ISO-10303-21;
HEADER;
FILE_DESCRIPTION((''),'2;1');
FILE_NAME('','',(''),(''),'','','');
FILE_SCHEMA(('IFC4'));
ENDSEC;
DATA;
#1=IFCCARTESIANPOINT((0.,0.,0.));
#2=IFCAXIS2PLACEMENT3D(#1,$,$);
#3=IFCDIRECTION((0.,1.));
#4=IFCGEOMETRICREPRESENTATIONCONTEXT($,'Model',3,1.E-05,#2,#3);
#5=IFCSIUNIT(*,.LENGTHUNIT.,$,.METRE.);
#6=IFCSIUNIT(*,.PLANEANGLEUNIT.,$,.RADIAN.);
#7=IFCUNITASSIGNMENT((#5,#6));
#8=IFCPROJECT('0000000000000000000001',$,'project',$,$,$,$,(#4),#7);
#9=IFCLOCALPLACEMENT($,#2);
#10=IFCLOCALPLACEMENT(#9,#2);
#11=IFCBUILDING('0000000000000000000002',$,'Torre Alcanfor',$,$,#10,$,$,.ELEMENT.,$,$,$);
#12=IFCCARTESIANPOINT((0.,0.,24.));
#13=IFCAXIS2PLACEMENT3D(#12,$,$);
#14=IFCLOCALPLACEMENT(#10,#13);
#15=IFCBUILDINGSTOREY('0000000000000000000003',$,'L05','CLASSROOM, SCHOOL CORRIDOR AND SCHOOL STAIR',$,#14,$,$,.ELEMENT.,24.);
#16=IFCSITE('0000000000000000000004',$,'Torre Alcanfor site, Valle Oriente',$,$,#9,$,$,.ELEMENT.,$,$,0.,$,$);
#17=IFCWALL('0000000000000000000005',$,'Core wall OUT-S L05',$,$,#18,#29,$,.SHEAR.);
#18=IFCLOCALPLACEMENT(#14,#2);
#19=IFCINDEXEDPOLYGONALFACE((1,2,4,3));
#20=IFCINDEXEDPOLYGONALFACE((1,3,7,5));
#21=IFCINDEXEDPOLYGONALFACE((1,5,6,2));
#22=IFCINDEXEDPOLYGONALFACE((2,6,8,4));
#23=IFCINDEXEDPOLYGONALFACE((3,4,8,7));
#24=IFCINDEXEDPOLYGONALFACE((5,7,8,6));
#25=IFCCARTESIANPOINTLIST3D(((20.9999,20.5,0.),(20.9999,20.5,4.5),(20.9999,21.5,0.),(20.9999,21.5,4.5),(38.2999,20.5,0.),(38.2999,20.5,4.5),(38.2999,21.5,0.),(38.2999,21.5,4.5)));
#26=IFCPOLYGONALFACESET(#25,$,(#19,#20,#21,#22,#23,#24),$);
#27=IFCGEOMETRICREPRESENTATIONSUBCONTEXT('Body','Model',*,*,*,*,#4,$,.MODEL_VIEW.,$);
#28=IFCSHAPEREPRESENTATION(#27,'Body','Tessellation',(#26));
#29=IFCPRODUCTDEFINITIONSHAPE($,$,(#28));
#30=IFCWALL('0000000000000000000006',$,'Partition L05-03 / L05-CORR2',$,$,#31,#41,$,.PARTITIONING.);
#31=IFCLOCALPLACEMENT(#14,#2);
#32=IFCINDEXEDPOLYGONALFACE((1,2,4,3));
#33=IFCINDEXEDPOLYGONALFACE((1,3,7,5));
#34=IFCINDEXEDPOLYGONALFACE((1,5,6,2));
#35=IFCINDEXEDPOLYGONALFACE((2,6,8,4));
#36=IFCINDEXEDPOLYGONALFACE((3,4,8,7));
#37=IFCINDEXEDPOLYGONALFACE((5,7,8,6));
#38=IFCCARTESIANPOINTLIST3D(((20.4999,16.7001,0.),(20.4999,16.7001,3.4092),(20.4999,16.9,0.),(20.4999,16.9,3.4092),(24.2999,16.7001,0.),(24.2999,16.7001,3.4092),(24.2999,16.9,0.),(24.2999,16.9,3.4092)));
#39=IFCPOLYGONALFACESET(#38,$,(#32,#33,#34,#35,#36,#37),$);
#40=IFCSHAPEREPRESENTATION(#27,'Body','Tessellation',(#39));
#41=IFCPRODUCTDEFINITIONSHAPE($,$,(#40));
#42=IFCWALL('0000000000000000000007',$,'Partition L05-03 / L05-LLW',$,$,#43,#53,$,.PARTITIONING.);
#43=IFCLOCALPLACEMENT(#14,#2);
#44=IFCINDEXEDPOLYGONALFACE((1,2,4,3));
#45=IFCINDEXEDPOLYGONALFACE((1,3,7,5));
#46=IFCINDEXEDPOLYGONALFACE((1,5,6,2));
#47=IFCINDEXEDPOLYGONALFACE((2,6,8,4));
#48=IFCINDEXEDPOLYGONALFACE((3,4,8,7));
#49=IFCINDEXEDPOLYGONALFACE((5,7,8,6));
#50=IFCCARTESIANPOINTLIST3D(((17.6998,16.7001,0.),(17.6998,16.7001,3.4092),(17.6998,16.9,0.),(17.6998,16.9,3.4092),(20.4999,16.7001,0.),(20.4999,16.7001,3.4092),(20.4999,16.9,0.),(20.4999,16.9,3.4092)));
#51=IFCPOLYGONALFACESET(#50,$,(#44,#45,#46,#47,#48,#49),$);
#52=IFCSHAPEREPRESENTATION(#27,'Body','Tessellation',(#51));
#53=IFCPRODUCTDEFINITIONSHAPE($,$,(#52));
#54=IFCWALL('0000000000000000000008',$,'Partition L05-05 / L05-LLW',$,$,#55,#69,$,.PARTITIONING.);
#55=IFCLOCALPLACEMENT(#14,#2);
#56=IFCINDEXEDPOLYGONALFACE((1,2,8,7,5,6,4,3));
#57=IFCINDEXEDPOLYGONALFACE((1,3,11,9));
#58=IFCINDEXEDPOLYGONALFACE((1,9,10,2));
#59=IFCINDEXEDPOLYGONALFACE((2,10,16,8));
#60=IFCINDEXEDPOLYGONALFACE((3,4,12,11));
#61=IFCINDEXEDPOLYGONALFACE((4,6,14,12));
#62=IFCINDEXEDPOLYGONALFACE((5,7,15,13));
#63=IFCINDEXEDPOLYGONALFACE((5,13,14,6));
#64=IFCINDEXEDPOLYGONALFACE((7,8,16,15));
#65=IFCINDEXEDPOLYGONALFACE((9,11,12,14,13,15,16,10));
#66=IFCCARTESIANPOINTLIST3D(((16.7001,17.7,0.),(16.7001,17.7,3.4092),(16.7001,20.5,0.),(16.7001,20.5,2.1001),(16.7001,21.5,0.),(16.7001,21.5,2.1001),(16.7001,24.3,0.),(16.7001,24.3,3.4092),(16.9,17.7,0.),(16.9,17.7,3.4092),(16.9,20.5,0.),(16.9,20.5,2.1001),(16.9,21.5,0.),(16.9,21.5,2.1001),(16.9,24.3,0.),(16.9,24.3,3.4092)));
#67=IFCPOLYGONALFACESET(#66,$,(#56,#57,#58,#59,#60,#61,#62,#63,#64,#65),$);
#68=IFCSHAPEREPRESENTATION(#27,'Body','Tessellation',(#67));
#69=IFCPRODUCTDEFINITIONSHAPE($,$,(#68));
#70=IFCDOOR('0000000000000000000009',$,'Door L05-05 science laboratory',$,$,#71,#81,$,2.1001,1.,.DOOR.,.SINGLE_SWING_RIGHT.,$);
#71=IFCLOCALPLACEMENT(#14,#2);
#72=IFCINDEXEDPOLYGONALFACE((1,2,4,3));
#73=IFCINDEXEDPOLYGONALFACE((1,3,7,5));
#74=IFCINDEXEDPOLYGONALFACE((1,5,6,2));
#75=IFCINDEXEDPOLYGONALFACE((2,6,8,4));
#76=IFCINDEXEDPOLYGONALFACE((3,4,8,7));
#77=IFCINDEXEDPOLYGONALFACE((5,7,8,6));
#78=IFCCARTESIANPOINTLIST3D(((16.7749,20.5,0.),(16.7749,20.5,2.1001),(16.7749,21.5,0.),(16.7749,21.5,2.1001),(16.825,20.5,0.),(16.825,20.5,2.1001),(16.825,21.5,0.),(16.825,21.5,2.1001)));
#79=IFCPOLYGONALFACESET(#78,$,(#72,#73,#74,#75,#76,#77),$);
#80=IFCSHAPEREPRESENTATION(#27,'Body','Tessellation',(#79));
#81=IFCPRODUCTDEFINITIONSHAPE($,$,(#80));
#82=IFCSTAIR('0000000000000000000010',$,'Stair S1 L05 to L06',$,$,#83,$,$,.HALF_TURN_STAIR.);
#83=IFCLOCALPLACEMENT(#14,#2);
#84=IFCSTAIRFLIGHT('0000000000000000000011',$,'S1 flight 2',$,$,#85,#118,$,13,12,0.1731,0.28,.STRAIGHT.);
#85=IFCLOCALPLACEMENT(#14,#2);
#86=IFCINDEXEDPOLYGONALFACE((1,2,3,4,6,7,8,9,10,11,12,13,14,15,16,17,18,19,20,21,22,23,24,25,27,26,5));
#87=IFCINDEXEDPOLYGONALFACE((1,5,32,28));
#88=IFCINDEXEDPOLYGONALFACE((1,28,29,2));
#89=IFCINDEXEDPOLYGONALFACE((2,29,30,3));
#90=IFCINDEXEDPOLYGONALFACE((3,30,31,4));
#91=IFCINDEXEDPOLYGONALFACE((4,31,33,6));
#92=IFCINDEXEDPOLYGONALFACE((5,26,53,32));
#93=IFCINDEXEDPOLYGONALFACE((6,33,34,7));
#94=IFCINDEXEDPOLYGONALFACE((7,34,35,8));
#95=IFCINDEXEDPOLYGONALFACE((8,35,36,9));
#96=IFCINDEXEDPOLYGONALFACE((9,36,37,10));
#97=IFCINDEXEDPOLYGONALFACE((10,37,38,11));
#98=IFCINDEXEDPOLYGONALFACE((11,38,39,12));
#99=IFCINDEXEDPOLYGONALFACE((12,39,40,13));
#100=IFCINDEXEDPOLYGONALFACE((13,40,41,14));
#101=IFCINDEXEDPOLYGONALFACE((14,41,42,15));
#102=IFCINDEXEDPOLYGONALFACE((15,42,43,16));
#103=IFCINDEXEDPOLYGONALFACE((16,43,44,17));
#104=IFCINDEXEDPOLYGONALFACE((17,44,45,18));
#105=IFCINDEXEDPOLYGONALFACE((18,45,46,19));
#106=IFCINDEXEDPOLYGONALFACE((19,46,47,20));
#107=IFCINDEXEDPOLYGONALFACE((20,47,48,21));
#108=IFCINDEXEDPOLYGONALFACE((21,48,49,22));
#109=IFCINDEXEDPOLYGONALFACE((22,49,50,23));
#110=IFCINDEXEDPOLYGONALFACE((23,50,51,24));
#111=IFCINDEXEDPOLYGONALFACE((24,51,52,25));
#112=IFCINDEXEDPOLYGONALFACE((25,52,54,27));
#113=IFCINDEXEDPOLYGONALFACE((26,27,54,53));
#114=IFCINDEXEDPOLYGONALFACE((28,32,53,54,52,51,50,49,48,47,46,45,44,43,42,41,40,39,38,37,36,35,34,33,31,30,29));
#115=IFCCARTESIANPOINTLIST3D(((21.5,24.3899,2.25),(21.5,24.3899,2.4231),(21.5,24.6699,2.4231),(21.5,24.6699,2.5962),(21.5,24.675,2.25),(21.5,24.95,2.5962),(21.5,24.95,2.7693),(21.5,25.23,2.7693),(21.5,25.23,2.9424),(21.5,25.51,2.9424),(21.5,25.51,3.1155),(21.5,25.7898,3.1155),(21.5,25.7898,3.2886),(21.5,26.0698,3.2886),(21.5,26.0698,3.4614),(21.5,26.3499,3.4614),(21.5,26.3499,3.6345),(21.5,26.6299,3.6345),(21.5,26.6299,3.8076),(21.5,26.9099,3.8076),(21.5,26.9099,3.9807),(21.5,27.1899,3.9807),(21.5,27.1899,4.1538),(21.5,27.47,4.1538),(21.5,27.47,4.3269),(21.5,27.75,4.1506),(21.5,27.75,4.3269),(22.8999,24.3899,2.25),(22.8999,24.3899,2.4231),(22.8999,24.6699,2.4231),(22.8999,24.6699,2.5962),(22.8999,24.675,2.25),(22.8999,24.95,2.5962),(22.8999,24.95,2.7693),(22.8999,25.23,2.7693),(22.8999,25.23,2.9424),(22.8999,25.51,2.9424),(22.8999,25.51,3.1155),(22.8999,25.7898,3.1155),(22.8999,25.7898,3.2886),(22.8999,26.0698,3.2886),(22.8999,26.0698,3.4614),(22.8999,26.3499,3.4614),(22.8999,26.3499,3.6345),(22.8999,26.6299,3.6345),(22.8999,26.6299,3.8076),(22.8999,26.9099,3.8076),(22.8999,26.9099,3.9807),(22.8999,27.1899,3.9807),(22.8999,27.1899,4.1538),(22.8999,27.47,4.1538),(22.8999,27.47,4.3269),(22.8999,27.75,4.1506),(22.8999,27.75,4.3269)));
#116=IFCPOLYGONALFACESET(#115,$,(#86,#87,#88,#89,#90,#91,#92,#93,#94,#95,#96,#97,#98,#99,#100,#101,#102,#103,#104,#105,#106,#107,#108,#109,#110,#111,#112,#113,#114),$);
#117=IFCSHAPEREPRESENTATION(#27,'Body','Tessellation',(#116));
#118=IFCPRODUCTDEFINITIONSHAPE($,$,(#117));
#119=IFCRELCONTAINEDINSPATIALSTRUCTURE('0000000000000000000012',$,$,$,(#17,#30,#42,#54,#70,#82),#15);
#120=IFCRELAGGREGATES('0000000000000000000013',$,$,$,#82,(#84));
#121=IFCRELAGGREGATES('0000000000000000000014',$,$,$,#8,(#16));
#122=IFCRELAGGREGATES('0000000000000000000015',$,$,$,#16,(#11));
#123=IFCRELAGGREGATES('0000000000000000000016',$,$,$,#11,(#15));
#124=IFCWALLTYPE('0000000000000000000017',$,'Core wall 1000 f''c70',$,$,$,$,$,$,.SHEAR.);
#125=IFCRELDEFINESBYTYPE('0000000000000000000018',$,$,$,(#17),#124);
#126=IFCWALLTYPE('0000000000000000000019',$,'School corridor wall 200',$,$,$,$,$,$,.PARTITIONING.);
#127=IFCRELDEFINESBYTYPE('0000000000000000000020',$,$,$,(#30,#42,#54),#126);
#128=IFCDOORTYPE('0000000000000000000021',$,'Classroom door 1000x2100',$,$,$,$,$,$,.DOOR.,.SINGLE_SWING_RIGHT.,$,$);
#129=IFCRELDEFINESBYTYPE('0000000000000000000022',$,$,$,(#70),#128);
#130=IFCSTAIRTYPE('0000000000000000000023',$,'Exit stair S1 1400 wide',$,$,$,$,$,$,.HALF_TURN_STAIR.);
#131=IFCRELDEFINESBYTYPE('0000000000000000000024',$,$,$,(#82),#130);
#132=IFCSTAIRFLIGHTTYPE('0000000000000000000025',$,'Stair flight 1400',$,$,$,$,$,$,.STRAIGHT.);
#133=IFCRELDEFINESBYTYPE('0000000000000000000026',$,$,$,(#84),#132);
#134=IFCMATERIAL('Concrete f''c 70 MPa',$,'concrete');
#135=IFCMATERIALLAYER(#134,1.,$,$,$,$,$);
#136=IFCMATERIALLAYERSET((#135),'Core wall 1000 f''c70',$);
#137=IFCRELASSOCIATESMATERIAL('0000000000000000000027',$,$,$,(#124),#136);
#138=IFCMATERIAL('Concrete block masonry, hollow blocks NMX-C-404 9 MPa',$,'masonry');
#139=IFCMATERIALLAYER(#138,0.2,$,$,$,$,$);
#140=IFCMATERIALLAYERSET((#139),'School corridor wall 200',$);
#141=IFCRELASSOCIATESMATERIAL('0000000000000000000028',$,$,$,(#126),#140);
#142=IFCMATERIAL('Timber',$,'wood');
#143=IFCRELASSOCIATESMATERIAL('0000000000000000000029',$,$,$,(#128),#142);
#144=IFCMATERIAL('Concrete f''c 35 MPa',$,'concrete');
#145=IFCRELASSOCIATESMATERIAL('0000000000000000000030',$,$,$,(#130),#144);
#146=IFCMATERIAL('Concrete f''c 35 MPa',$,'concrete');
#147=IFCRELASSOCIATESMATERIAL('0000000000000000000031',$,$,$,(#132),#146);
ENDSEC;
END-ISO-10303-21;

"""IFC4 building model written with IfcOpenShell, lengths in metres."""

from ifc_helpers import new_model, si_unit, direction, frame, frame_2d, origin, place, context, subcontext, project, spatial, polyline, rectangle, outline, extrude, material, layer, layer_set, type_object, element, fill, aggregate, save


model = new_model("IFC4")

# Units and contexts
model_context = context("Model", 3, precision=1e-05, world=origin(), true_north=direction((0.0, 1.0)))
body_context = subcontext(model_context, "Body", "Model", "MODEL_VIEW")
ifc_project = project(units=[si_unit("LENGTHUNIT", "METRE"), si_unit("PLANEANGLEUNIT", "RADIAN")], contexts=[model_context])

# Site, building, storey
site_placement = place(None, origin())
site = spatial("IfcSite", under=ifc_project, at=site_placement, Name="Torre Alcanfor site, Valle Oriente", CompositionType="ELEMENT", RefElevation=0.0)
building_placement = place(site_placement, origin())
building = spatial("IfcBuilding", under=site, at=building_placement, Name="Torre Alcanfor", CompositionType="ELEMENT")
storey_placement = place(building_placement, frame((0.0, 0.0, 24.0)))
storey = spatial("IfcBuildingStorey", under=building, at=storey_placement, Name="L05", Description="CLASSROOM, SCHOOL CORRIDOR AND SCHOOL STAIR", CompositionType="ELEMENT", Elevation=24.0)

# Walls
ifc_material_1 = material(Name="Concrete f'c 70 MPa", Category="concrete")
ifc_layer_1 = layer(ifc_material_1, 1.0)
ifc_layer_set_1 = layer_set([ifc_layer_1], Name="Core wall 1000 f'c70")
wall_type_1 = type_object("IfcWallType", Name="Core wall 1000 f'c70", PredefinedType="SHEAR", material=ifc_layer_set_1)
wall_1_placement = place(storey_placement, frame((21.0, 21.0, 0.0), z_axis=(0.0, 0.0, 1.0), x_axis=(1.0, 0.0, 0.0)))
element("IfcWall", 1, at=wall_1_placement, inside=storey, type_object=wall_type_1, Name="Core wall OUT-S L05", PredefinedType="SHEAR", context=body_context, shape_type="SweptSolid", body=[
    extrude(rectangle(XDim=17.3, YDim=1.0, at=frame_2d((8.6499, 0.0))), origin(), (0.0, 0.0, 1.0), 4.5),
])
ifc_material_2 = material(Name="Concrete block masonry, hollow blocks NMX-C-404 9 MPa", Category="masonry")
ifc_layer_2 = layer(ifc_material_2, 0.2)
ifc_layer_set_2 = layer_set([ifc_layer_2], Name="School corridor wall 200")
wall_type_2 = type_object("IfcWallType", Name="School corridor wall 200", PredefinedType="PARTITIONING", material=ifc_layer_set_2)
wall_2_placement = place(storey_placement, frame((20.5, 16.8, 0.0), z_axis=(0.0, 0.0, 1.0), x_axis=(1.0, 0.0, 0.0)))
element("IfcWall", 2, at=wall_2_placement, inside=storey, type_object=wall_type_2, Name="Partition L05-03 / L05-CORR2", PredefinedType="PARTITIONING", context=body_context, shape_type="SweptSolid", body=[
    extrude(rectangle(XDim=3.8, YDim=0.2, at=frame_2d((1.8999, 0.0))), origin(), (0.0, 0.0, 1.0), 3.4092),
])
wall_3_placement = place(storey_placement, frame((17.7, 16.8, 0.0), z_axis=(0.0, 0.0, 1.0), x_axis=(1.0, 0.0, 0.0)))
element("IfcWall", 3, at=wall_3_placement, inside=storey, type_object=wall_type_2, Name="Partition L05-03 / L05-LLW", PredefinedType="PARTITIONING", context=body_context, shape_type="SweptSolid", body=[
    extrude(rectangle(XDim=2.8, YDim=0.2, at=frame_2d((1.3999, 0.0))), origin(), (0.0, 0.0, 1.0), 3.4092),
])

# Wall, opening, door
wall_4_placement = place(storey_placement, frame((16.8, 24.3, 0.0), z_axis=(0.0, 0.0, 1.0), x_axis=(0.0, -1.0, 0.0)))
wall_4 = element("IfcWall", 4, at=wall_4_placement, inside=storey, type_object=wall_type_2, Name="Partition L05-05 / L05-LLW", PredefinedType="PARTITIONING", context=body_context, shape_type="SweptSolid", body=[
    extrude(rectangle(XDim=6.6001, YDim=0.2, at=frame_2d((3.3, 0.0))), origin(), (0.0, 0.0, 1.0), 3.4092),
])
opening_placement = place(wall_4_placement, frame((2.8, 0.0, 0.0)))
opening = element("IfcOpeningElement", 5, at=opening_placement, cuts=wall_4, PredefinedType="OPENING", context=body_context, shape_type="SweptSolid", body=[
    extrude(rectangle(XDim=1.0, YDim=2.1001, at=frame_2d((0.5, 1.05))), frame((0.0, 0.1099, 0.0), z_axis=(0.0, -1.0, 0.0), x_axis=(1.0, 0.0, 0.0)), (0.0, 0.0, 1.0), 0.22),
])
ifc_material_3 = material(Name="Timber", Category="wood")
door_type = type_object("IfcDoorType", Name="Classroom door 1000x2100", OperationType="SINGLE_SWING_RIGHT", PredefinedType="DOOR", material=ifc_material_3)
door_placement = place(opening_placement, frame((1.0, 0.0, 0.0), z_axis=(0.0, 0.0, 1.0), x_axis=(-1.0, 0.0, 0.0)))
door = element("IfcDoor", 6, at=door_placement, inside=storey, type_object=door_type, Name="Door L05-05 science laboratory", OperationType="SINGLE_SWING_RIGHT", OverallHeight=2.1001, OverallWidth=1.0, PredefinedType="DOOR", context=body_context, shape_type="SweptSolid", body=[
    extrude(rectangle(XDim=1.0, YDim=2.1001, at=frame_2d((0.5, 1.05))), frame((0.0, 0.0251, 0.0), z_axis=(0.0, -1.0, 0.0), x_axis=(1.0, 0.0, 0.0)), (0.0, 0.0, 1.0), 0.05),
])
fill(opening, door)

# Stair, stair flight
ifc_material_4 = material(Name="Concrete f'c 35 MPa", Category="concrete")
stair_type = type_object("IfcStairType", Name="Exit stair S1 1400 wide", PredefinedType="HALF_TURN_STAIR", material=ifc_material_4)
stair_placement = place(storey_placement, origin())
stair = element("IfcStair", 7, at=stair_placement, inside=storey, type_object=stair_type, Name="Stair S1 L05 to L06", PredefinedType="HALF_TURN_STAIR")
ifc_material_5 = material(Name="Concrete f'c 35 MPa", Category="concrete")
stair_flight_type = type_object("IfcStairFlightType", Name="Stair flight 1400", PredefinedType="STRAIGHT", material=ifc_material_5)
stair_flight_placement = place(storey_placement, frame((22.2, 24.3899, 2.25), z_axis=(0.0, 0.0, 1.0), x_axis=(0.0, 1.0, 0.0)))
stair_flight = element("IfcStairFlight", 8, at=stair_flight_placement, type_object=stair_flight_type, Name="S1 flight 2", NumberOfRisers=13, NumberOfTreads=12, PredefinedType="STRAIGHT", RiserHeight=0.1731, TreadLength=0.28, context=body_context, shape_type="SweptSolid", body=[
    extrude(outline(polyline([(0.0, 0.0), (0.0, 0.1731), (0.28, 0.1731), (0.28, 0.3462), (0.5601, 0.3462), (0.5601, 0.5193), (0.8401, 0.5193), (0.8401, 0.6924), (1.1201, 0.6924), (1.1201, 0.8655), (1.3999, 0.8655), (1.3999, 1.0386), (1.6799, 1.0386), (1.6799, 1.2114), (1.96, 1.2114), (1.96, 1.3845), (2.24, 1.3845), (2.24, 1.5576), (2.52, 1.5576), (2.52, 1.7307), (2.8, 1.7307), (2.8, 1.9038), (3.0801, 1.9038), (3.0801, 2.0769), (3.3601, 2.0769), (3.3601, 2.25), (3.3601, 1.9006), (0.2852, 0.0), (0.0, 0.0)])), frame((0.0, 0.7, 0.0), z_axis=(0.0, -1.0, 0.0), x_axis=(1.0, 0.0, 0.0)), (0.0, 0.0, 1.0), 1.3999),
])
aggregate(stair, [stair_flight])

save(model, "model.ifc")
